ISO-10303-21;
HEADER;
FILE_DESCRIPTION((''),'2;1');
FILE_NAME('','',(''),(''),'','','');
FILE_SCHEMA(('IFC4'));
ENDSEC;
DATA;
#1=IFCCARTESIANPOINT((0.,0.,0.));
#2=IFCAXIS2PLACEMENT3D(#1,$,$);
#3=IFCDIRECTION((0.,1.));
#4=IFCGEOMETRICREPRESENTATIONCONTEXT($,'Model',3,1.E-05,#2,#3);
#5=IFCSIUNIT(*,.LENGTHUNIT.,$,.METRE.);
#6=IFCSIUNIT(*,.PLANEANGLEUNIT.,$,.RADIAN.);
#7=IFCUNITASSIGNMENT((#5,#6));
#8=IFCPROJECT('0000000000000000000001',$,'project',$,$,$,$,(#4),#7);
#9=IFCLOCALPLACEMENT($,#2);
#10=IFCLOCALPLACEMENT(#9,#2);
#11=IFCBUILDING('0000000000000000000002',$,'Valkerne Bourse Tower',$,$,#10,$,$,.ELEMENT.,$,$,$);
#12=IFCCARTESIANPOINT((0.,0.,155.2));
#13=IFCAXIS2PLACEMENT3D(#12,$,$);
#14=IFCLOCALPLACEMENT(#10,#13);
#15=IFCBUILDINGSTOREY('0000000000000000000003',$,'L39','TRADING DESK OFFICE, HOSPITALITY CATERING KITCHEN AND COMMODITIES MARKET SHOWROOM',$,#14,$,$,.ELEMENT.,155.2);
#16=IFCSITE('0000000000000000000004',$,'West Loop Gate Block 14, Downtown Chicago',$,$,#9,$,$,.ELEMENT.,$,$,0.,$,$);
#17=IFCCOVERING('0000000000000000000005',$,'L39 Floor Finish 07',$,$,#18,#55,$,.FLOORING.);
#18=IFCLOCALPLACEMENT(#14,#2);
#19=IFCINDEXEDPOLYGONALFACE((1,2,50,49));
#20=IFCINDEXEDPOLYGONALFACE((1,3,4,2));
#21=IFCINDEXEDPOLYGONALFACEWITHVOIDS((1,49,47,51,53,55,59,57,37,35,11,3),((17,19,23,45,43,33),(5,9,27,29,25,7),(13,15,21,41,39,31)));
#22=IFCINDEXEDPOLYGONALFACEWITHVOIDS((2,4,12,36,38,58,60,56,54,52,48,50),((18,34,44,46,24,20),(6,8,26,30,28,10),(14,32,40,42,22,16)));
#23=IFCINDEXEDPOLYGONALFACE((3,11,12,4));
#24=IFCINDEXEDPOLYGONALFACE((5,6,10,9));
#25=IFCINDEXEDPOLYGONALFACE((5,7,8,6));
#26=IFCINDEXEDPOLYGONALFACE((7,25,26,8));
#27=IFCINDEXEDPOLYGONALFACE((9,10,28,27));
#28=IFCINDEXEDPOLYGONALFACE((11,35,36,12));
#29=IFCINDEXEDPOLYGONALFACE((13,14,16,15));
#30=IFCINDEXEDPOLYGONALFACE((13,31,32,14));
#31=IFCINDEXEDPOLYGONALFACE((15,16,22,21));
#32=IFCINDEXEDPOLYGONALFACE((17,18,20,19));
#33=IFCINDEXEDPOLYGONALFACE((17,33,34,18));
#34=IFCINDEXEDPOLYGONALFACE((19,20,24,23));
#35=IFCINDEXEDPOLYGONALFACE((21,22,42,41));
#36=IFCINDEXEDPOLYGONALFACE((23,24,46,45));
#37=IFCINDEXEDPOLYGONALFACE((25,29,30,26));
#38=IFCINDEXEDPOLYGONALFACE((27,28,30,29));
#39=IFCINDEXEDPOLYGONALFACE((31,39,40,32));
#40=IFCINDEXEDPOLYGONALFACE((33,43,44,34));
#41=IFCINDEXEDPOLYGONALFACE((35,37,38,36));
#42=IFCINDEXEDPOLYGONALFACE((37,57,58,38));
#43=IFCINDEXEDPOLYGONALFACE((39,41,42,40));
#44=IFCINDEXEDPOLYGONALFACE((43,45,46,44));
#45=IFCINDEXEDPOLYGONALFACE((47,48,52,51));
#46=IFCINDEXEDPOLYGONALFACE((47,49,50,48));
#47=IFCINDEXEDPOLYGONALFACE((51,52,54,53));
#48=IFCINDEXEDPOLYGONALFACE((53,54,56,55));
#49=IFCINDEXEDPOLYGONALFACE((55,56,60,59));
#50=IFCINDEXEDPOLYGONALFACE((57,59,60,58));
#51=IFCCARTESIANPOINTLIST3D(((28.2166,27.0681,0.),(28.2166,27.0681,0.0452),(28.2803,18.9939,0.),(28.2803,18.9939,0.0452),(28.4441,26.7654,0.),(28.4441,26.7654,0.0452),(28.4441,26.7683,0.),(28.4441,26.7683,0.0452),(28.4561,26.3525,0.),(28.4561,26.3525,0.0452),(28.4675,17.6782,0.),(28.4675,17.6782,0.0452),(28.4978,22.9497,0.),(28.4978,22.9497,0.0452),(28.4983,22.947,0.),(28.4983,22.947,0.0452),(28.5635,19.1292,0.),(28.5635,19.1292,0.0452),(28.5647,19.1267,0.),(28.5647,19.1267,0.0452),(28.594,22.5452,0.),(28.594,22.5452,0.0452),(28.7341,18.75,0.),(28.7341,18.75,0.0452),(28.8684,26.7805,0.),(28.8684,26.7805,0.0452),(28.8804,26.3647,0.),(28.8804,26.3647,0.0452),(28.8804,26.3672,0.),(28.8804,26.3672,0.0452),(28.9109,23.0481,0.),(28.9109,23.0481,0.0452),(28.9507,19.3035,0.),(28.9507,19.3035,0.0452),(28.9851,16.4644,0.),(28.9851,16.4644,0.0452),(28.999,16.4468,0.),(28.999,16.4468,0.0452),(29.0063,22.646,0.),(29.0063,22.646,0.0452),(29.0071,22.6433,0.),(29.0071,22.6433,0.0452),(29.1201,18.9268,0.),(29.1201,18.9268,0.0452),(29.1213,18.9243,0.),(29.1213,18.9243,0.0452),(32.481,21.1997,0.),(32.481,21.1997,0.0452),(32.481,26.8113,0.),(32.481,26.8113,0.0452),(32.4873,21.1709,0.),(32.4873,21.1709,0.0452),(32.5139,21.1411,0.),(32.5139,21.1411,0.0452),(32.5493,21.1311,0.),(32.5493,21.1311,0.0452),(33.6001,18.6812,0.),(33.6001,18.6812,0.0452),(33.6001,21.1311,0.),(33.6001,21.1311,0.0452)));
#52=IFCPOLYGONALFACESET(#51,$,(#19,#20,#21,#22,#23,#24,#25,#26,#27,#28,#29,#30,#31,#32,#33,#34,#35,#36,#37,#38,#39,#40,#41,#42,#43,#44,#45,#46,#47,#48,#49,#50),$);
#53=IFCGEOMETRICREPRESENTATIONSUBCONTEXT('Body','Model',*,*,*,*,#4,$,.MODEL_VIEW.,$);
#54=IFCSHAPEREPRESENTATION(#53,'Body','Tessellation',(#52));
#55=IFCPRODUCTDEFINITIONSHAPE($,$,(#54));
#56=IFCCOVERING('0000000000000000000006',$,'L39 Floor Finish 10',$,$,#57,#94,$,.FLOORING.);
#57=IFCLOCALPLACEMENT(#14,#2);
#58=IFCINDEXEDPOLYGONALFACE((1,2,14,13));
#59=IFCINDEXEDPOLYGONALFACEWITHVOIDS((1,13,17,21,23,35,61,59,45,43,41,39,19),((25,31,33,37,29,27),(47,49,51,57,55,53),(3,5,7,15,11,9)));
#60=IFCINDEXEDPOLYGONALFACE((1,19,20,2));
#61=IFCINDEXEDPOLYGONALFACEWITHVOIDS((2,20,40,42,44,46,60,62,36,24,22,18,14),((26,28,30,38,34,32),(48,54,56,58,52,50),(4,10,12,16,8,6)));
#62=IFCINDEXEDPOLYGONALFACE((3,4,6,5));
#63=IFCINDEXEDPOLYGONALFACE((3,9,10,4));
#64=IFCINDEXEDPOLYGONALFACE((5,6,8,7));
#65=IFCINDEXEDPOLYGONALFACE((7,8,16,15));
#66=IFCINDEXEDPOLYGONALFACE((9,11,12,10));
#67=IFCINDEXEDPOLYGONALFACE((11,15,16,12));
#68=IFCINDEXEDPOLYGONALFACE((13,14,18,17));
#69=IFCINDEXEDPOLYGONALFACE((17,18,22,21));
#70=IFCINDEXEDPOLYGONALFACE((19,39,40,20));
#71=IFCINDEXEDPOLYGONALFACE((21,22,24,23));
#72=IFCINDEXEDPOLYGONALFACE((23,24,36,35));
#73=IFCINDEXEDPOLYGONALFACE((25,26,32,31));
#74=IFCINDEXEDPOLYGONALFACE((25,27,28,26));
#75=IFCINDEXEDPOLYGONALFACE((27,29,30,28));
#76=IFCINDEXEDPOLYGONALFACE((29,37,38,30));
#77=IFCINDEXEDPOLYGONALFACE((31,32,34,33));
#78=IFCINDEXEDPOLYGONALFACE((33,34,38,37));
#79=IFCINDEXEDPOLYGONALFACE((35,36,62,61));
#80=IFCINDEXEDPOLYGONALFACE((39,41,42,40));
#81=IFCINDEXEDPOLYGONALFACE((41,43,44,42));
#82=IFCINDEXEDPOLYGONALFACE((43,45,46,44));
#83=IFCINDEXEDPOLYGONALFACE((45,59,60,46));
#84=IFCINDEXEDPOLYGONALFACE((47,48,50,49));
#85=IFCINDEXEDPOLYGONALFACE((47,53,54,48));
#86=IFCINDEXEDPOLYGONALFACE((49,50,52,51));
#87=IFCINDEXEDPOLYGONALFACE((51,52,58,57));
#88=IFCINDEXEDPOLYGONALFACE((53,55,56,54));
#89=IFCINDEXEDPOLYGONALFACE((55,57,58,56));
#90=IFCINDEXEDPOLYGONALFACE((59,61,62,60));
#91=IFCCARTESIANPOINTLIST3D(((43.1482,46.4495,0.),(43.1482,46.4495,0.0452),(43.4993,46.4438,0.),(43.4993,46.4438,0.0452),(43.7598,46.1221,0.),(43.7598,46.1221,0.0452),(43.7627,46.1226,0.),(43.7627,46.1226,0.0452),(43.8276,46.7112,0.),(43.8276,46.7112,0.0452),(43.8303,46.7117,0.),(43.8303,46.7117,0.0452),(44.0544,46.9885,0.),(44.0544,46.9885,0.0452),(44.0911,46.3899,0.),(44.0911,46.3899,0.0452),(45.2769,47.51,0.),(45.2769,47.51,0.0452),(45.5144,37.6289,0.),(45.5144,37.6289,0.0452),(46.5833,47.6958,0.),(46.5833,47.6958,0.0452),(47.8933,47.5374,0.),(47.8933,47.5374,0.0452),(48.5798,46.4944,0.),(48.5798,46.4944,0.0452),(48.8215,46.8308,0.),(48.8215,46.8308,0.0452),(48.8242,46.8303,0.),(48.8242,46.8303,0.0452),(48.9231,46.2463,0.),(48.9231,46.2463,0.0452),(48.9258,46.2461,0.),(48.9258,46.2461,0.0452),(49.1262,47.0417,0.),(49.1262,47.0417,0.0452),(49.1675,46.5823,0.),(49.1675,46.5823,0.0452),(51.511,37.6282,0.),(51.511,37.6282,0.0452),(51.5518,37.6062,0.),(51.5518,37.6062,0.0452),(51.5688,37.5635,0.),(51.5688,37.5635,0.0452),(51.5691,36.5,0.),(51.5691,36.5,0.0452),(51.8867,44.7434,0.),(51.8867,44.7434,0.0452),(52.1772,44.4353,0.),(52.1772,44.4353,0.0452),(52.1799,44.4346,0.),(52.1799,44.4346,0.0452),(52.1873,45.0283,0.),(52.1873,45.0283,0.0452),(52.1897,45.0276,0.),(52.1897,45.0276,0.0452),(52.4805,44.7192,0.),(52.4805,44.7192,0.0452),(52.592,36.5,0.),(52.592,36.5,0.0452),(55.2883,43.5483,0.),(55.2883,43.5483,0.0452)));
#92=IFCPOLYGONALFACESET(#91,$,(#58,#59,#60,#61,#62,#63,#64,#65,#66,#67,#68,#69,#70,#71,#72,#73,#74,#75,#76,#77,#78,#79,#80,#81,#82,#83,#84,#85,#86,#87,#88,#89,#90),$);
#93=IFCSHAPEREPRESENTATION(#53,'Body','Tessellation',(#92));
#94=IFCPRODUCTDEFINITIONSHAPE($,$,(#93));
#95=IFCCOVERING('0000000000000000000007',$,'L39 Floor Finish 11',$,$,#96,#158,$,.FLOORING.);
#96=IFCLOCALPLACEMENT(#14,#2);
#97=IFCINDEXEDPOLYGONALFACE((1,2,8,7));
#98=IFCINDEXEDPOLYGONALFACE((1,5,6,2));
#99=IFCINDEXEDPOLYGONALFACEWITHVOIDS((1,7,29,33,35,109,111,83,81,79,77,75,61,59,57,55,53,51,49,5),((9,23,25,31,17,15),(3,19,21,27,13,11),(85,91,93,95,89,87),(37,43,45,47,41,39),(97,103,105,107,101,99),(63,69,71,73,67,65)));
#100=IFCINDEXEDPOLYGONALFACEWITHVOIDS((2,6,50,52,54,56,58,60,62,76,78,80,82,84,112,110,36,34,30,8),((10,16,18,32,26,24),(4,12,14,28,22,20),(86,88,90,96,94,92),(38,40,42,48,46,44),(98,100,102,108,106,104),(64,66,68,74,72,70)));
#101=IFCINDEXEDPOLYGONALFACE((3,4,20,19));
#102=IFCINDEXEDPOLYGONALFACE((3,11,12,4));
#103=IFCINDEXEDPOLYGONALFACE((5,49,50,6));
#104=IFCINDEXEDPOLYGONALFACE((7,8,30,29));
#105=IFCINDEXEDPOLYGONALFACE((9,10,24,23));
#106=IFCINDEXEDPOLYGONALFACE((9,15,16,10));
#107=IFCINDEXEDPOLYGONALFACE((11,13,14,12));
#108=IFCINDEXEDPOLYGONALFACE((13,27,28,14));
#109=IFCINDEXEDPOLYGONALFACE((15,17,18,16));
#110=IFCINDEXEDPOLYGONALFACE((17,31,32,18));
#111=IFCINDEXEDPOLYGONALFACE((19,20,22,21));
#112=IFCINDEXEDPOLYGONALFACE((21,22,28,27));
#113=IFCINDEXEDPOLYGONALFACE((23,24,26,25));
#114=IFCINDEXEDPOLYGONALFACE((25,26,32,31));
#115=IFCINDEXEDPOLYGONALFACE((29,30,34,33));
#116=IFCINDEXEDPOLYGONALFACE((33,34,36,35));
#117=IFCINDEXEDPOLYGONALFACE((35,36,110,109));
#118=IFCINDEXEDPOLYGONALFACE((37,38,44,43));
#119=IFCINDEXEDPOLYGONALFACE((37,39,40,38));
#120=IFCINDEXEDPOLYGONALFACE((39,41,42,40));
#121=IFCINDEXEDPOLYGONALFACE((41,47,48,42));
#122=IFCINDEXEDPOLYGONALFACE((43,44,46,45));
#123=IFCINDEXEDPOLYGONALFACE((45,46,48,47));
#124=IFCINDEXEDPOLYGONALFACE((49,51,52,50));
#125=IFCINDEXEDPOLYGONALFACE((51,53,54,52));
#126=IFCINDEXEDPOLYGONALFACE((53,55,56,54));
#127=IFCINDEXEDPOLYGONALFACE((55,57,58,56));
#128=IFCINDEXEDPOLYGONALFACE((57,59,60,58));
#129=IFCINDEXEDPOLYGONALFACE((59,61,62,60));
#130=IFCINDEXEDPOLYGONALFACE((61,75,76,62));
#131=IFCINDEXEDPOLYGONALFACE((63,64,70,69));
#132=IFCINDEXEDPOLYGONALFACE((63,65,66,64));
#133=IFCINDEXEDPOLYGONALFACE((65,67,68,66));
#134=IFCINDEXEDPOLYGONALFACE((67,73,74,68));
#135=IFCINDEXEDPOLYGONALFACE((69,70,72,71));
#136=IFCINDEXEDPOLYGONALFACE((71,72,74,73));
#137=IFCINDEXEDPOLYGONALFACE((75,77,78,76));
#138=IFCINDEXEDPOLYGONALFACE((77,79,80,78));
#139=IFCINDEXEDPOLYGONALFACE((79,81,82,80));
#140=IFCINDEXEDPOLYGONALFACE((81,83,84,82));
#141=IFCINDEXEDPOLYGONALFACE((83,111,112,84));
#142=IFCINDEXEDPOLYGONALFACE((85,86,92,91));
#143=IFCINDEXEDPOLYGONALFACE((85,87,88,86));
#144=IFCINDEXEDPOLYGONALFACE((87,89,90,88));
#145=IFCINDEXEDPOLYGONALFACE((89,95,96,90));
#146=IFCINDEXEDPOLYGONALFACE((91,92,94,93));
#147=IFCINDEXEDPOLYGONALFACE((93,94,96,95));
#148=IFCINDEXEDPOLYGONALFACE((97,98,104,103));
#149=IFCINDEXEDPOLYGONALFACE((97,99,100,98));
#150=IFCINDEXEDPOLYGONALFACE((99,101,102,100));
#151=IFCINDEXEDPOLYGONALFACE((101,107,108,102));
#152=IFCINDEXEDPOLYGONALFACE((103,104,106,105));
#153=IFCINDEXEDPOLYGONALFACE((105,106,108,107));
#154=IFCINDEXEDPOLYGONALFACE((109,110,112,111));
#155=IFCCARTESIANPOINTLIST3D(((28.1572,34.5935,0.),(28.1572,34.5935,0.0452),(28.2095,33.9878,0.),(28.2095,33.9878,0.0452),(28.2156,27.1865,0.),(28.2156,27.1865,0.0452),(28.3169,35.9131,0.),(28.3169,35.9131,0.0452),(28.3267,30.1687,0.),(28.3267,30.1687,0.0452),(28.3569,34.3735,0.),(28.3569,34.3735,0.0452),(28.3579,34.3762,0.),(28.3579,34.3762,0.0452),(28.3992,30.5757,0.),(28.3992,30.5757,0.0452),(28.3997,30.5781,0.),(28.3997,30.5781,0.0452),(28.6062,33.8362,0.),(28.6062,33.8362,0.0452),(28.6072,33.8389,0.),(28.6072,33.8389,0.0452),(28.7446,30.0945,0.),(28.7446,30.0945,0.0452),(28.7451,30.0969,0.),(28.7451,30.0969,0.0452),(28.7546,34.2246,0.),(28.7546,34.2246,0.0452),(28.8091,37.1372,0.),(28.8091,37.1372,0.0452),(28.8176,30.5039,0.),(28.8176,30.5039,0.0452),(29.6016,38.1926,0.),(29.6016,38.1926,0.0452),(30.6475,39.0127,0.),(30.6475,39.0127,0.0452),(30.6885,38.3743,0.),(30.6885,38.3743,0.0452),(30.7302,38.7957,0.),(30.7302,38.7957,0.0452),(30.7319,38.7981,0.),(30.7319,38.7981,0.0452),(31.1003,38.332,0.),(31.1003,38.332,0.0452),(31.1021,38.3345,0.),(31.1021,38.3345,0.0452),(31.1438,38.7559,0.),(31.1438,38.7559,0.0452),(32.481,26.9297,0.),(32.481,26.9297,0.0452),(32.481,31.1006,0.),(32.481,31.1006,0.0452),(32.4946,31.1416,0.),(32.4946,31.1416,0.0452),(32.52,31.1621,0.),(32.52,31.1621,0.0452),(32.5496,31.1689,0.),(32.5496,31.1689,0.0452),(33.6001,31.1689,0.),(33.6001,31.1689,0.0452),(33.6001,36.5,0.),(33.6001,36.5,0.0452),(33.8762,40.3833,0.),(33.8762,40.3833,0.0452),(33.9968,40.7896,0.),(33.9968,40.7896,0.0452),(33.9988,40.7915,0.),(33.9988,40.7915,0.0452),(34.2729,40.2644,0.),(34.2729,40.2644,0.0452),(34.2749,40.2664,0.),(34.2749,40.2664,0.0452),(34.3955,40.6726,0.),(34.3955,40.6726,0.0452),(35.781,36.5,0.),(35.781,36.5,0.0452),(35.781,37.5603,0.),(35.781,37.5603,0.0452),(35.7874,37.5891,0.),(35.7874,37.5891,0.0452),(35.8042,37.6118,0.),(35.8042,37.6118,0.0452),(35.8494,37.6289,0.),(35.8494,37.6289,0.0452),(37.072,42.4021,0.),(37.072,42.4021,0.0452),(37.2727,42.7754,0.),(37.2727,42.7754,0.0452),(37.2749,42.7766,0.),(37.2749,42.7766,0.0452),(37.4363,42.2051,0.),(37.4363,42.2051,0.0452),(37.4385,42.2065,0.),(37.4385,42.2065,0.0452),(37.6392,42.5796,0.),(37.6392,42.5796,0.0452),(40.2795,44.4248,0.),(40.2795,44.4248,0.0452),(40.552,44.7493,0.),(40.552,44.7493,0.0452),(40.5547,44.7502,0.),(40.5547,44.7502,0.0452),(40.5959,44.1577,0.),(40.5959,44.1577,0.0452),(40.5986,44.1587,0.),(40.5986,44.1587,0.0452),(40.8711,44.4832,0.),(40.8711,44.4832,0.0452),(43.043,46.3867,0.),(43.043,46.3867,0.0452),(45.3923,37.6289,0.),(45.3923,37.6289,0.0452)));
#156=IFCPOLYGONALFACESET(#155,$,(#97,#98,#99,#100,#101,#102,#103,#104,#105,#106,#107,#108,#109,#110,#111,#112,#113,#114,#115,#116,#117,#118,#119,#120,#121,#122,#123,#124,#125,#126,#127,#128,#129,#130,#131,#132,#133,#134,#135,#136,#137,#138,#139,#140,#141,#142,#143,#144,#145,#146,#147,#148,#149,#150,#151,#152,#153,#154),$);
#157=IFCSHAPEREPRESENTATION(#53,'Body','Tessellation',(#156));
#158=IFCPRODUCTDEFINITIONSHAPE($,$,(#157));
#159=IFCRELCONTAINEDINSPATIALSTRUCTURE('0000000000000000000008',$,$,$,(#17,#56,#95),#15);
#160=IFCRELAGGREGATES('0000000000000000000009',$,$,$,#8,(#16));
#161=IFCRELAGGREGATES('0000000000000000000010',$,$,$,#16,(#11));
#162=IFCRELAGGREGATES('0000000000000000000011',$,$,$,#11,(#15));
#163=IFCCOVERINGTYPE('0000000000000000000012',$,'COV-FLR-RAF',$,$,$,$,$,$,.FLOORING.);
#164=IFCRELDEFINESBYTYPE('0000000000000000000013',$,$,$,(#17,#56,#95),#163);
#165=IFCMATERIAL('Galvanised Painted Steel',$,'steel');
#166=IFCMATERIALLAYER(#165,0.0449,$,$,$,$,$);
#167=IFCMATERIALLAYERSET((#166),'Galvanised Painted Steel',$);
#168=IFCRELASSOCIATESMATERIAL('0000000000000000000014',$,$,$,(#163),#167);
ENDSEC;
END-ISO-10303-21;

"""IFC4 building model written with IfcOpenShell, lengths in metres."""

from ifc_helpers import new_model, si_unit, direction, frame, origin, place, context, subcontext, project, spatial, polyline, outline, extrude, material, layer, layer_set, type_object, element, save


model = new_model("IFC4")

# Units and contexts
model_context = context("Model", 3, precision=1e-05, world=origin(), true_north=direction((0.0, 1.0)))
body_context = subcontext(model_context, "Body", "Model", "MODEL_VIEW")
ifc_project = project(units=[si_unit("LENGTHUNIT", "METRE"), si_unit("PLANEANGLEUNIT", "RADIAN")], contexts=[model_context])

# Site, building, storey
site_placement = place(None, origin())
site = spatial("IfcSite", under=ifc_project, at=site_placement, Name="West Loop Gate Block 14, Downtown Chicago", CompositionType="ELEMENT", RefElevation=0.0)
building_placement = place(site_placement, origin())
building = spatial("IfcBuilding", under=site, at=building_placement, Name="Valkerne Bourse Tower", CompositionType="ELEMENT")
storey_placement = place(building_placement, frame((0.0, 0.0, 155.2)))
storey = spatial("IfcBuildingStorey", under=building, at=storey_placement, Name="L39", Description="TRADING DESK OFFICE, HOSPITALITY CATERING KITCHEN AND COMMODITIES MARKET SHOWROOM", CompositionType="ELEMENT", Elevation=155.2)

# Coverings
ifc_material_1 = material(Name="Galvanised Painted Steel", Category="steel")
ifc_layer_1 = layer(ifc_material_1, 0.0449)
ifc_layer_set_1 = layer_set([ifc_layer_1], Name="Galvanised Painted Steel")
covering_type_1 = type_object("IfcCoveringType", Name="COV-FLR-RAF", PredefinedType="FLOORING", material=ifc_layer_set_1)
covering_1_placement = place(storey_placement, origin())
element("IfcCovering", 1, at=covering_1_placement, inside=storey, type_object=covering_type_1, Name="L39 Floor Finish 07", PredefinedType="FLOORING", context=body_context, shape_type="SweptSolid", body=[
    extrude(outline(polyline([(28.2803, 18.9939), (28.2166, 27.0681), (32.481, 26.8113), (32.481, 21.1997), (32.4873, 21.1709), (32.5139, 21.1411), (32.5493, 21.1311), (33.6001, 21.1311), (33.6001, 18.6812), (28.999, 16.4468), (28.9851, 16.4644), (28.4675, 17.6782), (28.2803, 18.9939)]), holes=[polyline([(29.1213, 18.9243), (29.1201, 18.9268), (28.9507, 19.3035), (28.5635, 19.1292), (28.5647, 19.1267), (28.7341, 18.75), (29.1213, 18.9243)]), polyline([(29.0063, 22.646), (28.9109, 23.0481), (28.4978, 22.9497), (28.4983, 22.947), (28.594, 22.5452), (29.0071, 22.6433), (29.0063, 22.646)]), polyline([(28.8804, 26.3672), (28.8684, 26.7805), (28.4441, 26.7683), (28.4441, 26.7654), (28.4561, 26.3525), (28.8804, 26.3647), (28.8804, 26.3672)])]), origin(), (0.0, 0.0, 1.0), 0.0452),
])
covering_2_placement = place(storey_placement, origin())
element("IfcCovering", 2, at=covering_2_placement, inside=storey, type_object=covering_type_1, Name="L39 Floor Finish 10", PredefinedType="FLOORING", context=body_context, shape_type="SweptSolid", body=[
    extrude(outline(polyline([(46.5833, 47.6958), (47.8933, 47.5374), (49.1262, 47.0417), (55.2883, 43.5483), (52.592, 36.5), (51.5691, 36.5), (51.5688, 37.5635), (51.5518, 37.6062), (51.511, 37.6282), (45.5144, 37.6289), (43.1482, 46.4495), (44.0544, 46.9885), (45.2769, 47.51), (46.5833, 47.6958)]), holes=[polyline([(52.1897, 45.0276), (52.1873, 45.0283), (51.8867, 44.7434), (52.1772, 44.4353), (52.1799, 44.4346), (52.4805, 44.7192), (52.1897, 45.0276)]), polyline([(44.0911, 46.3899), (43.8303, 46.7117), (43.8276, 46.7112), (43.4993, 46.4438), (43.7598, 46.1221), (43.7627, 46.1226), (44.0911, 46.3899)]), polyline([(48.8242, 46.8303), (48.8215, 46.8308), (48.5798, 46.4944), (48.9231, 46.2463), (48.9258, 46.2461), (49.1675, 46.5823), (48.8242, 46.8303)])]), origin(), (0.0, 0.0, 1.0), 0.0452),
])
covering_3_placement = place(storey_placement, origin())
element("IfcCovering", 3, at=covering_3_placement, inside=storey, type_object=covering_type_1, Name="L39 Floor Finish 11", PredefinedType="FLOORING", context=body_context, shape_type="SweptSolid", body=[
    extrude(outline(polyline([(28.8091, 37.1372), (29.6016, 38.1926), (30.6475, 39.0127), (43.043, 46.3867), (45.3923, 37.6289), (35.8494, 37.6289), (35.8042, 37.6118), (35.7874, 37.5891), (35.781, 37.5603), (35.781, 36.5), (33.6001, 36.5), (33.6001, 31.1689), (32.5496, 31.1689), (32.52, 31.1621), (32.4946, 31.1416), (32.481, 31.1006), (32.481, 26.9297), (28.2156, 27.1865), (28.1572, 34.5935), (28.3169, 35.9131), (28.8091, 37.1372)]), holes=[polyline([(28.7451, 30.0969), (28.8176, 30.5039), (28.3997, 30.5781), (28.3992, 30.5757), (28.3267, 30.1687), (28.7446, 30.0945), (28.7451, 30.0969)]), polyline([(28.7546, 34.2246), (28.3579, 34.3762), (28.3569, 34.3735), (28.2095, 33.9878), (28.6062, 33.8362), (28.6072, 33.8389), (28.7546, 34.2246)]), polyline([(31.1438, 38.7559), (30.7319, 38.7981), (30.7302, 38.7957), (30.6885, 38.3743), (31.1003, 38.332), (31.1021, 38.3345), (31.1438, 38.7559)]), polyline([(34.3955, 40.6726), (33.9988, 40.7915), (33.9968, 40.7896), (33.8762, 40.3833), (34.2729, 40.2644), (34.2749, 40.2664), (34.3955, 40.6726)]), polyline([(37.4385, 42.2065), (37.6392, 42.5796), (37.2749, 42.7766), (37.2727, 42.7754), (37.072, 42.4021), (37.4363, 42.2051), (37.4385, 42.2065)]), polyline([(40.5986, 44.1587), (40.8711, 44.4832), (40.5547, 44.7502), (40.552, 44.7493), (40.2795, 44.4248), (40.5959, 44.1577), (40.5986, 44.1587)])]), origin(), (0.0, 0.0, 1.0), 0.0452),
])

save(model, "model.ifc")
